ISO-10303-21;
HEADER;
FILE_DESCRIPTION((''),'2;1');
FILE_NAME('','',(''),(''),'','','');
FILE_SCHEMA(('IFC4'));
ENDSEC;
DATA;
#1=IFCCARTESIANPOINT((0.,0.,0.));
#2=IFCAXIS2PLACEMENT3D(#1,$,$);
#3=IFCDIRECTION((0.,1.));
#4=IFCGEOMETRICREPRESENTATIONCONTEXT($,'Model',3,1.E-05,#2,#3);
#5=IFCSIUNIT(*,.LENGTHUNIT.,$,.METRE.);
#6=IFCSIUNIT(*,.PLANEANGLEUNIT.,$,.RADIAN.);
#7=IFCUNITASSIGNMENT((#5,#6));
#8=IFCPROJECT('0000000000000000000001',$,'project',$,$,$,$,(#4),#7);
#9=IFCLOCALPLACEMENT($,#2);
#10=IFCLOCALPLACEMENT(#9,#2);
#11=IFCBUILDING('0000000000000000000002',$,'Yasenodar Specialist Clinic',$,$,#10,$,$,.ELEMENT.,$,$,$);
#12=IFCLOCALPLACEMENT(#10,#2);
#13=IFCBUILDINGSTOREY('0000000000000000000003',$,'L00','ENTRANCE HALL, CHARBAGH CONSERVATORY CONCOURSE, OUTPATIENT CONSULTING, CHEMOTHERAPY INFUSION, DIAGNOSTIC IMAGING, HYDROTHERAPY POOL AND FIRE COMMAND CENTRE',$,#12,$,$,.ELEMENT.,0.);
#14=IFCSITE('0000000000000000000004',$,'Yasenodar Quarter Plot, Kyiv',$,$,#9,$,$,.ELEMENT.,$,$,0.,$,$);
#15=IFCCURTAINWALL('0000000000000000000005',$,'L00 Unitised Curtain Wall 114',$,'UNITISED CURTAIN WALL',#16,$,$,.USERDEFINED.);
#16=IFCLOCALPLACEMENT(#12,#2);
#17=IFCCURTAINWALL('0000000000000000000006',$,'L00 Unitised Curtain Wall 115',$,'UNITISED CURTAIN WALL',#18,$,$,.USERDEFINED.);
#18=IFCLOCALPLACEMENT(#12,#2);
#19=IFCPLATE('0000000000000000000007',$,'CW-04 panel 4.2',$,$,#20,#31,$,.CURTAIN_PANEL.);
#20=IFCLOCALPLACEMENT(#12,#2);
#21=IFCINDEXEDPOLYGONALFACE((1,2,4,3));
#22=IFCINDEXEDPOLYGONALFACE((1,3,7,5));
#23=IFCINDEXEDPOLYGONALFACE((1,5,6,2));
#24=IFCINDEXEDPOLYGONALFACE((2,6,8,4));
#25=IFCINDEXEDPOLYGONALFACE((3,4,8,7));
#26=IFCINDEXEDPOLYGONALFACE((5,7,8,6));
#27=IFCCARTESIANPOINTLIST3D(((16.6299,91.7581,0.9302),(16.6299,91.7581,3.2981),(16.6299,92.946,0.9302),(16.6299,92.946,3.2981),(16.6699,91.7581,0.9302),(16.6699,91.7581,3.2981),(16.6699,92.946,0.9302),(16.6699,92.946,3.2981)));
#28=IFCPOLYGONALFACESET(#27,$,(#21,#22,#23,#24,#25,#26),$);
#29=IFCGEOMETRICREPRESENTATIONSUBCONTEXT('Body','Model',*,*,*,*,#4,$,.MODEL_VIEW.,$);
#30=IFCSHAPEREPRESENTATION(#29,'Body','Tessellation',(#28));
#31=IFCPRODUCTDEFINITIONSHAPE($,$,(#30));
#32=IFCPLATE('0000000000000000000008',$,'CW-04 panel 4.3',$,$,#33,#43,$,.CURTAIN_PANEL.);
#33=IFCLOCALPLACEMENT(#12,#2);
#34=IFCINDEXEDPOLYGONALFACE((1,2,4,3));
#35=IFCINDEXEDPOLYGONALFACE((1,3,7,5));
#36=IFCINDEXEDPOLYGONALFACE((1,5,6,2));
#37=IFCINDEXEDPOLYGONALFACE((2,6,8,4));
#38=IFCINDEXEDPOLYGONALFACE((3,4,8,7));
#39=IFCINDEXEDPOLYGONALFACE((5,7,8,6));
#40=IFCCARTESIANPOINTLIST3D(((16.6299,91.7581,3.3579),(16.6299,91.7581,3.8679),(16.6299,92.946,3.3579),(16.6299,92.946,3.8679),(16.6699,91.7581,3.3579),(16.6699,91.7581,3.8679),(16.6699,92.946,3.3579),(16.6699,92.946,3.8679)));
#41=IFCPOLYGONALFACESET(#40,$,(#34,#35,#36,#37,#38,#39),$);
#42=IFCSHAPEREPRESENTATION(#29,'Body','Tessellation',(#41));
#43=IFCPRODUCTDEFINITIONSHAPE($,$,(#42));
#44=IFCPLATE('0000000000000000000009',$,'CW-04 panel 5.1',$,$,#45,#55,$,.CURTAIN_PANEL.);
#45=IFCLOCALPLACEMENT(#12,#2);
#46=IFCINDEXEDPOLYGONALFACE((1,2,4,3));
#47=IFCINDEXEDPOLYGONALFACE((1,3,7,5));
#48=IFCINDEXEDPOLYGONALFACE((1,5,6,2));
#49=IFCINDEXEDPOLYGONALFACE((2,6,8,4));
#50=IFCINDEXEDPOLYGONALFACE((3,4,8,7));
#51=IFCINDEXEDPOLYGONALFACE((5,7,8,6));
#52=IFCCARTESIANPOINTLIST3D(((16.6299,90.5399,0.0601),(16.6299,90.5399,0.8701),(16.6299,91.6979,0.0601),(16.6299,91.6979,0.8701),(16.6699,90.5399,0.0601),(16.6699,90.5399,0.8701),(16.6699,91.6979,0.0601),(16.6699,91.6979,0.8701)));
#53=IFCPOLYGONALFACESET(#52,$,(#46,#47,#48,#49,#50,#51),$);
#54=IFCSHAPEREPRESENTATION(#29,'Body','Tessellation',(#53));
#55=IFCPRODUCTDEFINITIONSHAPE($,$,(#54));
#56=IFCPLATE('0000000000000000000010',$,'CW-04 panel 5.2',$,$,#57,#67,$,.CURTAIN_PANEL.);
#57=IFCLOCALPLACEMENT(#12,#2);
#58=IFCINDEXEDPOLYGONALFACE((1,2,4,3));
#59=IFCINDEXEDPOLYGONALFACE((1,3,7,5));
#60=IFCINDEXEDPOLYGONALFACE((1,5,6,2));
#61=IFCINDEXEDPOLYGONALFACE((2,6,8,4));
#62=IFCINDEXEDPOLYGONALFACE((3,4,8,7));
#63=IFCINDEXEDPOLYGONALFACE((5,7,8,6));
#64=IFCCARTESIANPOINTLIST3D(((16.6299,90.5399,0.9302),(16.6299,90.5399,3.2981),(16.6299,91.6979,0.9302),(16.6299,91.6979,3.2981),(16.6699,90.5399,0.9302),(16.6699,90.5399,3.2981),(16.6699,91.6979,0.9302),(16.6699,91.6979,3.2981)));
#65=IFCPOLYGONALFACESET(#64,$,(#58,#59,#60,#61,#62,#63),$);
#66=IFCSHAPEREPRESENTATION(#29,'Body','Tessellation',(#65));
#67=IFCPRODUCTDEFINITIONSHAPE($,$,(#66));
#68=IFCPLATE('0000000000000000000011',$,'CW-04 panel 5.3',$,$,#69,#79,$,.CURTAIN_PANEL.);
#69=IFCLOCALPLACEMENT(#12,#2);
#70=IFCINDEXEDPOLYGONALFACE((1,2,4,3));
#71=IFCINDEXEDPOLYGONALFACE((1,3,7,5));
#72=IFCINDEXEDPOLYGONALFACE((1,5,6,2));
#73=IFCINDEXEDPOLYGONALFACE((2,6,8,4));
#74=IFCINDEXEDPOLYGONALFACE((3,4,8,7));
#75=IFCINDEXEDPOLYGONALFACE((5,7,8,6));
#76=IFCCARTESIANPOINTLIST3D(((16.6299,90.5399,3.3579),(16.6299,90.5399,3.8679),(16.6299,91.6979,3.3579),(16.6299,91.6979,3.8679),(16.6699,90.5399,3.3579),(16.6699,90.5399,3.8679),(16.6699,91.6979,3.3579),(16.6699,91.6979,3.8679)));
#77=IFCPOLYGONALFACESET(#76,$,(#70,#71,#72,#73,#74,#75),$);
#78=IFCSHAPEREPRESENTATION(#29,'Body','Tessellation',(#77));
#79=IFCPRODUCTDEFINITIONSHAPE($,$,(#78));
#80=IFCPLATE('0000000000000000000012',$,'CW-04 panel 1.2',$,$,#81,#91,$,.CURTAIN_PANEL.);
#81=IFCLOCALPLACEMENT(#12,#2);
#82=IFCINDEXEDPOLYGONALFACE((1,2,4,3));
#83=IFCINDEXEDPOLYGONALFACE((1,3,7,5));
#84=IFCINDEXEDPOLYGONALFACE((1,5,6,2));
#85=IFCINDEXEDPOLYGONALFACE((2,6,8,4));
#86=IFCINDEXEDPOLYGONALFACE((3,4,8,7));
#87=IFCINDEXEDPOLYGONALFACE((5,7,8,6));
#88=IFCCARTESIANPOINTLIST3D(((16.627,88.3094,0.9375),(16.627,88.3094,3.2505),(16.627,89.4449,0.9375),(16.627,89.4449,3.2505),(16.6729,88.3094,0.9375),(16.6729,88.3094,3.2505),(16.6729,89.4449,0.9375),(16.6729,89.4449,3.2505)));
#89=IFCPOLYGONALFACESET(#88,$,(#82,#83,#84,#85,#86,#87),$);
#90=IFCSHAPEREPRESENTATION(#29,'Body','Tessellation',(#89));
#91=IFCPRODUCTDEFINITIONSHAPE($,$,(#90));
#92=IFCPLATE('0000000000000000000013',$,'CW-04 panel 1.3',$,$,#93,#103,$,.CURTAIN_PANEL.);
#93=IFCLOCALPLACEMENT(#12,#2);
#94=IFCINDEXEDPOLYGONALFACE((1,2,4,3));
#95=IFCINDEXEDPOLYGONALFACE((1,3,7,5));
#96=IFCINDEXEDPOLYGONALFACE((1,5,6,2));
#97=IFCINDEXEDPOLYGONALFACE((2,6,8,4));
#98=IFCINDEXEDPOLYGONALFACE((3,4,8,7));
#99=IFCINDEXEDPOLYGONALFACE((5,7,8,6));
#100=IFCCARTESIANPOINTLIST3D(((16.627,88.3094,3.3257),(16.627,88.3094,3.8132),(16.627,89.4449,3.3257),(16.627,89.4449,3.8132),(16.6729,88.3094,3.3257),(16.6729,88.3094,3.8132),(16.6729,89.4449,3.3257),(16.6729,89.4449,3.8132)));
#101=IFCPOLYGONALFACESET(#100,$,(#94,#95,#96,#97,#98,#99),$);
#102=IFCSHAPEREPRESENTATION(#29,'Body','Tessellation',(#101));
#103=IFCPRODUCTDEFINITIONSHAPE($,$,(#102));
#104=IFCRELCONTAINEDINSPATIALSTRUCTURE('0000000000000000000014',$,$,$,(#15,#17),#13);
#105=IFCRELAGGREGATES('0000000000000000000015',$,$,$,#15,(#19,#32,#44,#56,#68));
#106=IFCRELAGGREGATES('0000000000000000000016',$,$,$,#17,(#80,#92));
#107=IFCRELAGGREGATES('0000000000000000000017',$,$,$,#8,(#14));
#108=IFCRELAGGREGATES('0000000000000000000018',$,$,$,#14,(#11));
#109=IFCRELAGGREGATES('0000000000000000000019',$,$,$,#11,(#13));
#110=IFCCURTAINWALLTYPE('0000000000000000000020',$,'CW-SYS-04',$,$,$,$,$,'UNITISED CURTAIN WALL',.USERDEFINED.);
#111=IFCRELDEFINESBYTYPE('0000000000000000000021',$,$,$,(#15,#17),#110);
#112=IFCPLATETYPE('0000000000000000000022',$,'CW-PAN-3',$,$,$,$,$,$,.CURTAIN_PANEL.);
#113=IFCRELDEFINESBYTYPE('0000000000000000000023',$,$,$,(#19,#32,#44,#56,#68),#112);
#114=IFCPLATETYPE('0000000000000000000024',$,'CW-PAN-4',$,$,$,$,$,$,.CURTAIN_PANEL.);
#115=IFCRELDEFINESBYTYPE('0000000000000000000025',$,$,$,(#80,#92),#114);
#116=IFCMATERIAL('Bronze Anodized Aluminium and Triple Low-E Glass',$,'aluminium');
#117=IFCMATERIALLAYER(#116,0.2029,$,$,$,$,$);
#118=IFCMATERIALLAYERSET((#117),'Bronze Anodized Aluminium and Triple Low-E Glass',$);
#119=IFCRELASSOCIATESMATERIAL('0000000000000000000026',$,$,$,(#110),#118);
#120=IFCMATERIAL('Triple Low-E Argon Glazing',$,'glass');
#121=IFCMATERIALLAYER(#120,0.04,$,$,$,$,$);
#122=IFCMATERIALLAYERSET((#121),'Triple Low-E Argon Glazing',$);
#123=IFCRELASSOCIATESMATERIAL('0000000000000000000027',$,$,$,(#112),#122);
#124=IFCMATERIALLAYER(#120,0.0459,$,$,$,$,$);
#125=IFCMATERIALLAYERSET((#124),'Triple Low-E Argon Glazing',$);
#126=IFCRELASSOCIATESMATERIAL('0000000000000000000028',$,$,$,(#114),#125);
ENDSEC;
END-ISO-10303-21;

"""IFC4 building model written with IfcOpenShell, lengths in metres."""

from ifc_helpers import new_model, si_unit, direction, frame, origin, origin_2d, place, context, subcontext, project, spatial, rectangle, extrude, material, layer, layer_set, type_object, element, aggregate, save


model = new_model("IFC4")

# Units and contexts
model_context = context("Model", 3, precision=1e-05, world=origin(), true_north=direction((0.0, 1.0)))
body_context = subcontext(model_context, "Body", "Model", "MODEL_VIEW")
ifc_project = project(units=[si_unit("LENGTHUNIT", "METRE"), si_unit("PLANEANGLEUNIT", "RADIAN")], contexts=[model_context])

# Site, building, storey
site_placement = place(None, origin())
site = spatial("IfcSite", under=ifc_project, at=site_placement, Name="Yasenodar Quarter Plot, Kyiv", CompositionType="ELEMENT", RefElevation=0.0)
building_placement = place(site_placement, origin())
building = spatial("IfcBuilding", under=site, at=building_placement, Name="Yasenodar Specialist Clinic", CompositionType="ELEMENT")
storey_placement = place(building_placement, origin())
storey = spatial("IfcBuildingStorey", under=building, at=storey_placement, Name="L00", Description="ENTRANCE HALL, CHARBAGH CONSERVATORY CONCOURSE, OUTPATIENT CONSULTING, CHEMOTHERAPY INFUSION, DIAGNOSTIC IMAGING, HYDROTHERAPY POOL AND FIRE COMMAND CENTRE", CompositionType="ELEMENT", Elevation=0.0)

# Curtain wall
ifc_material_1 = material(Name="Bronze Anodized Aluminium and Triple Low-E Glass", Category="aluminium")
ifc_layer_1 = layer(ifc_material_1, 0.2029)
ifc_layer_set_1 = layer_set([ifc_layer_1], Name="Bronze Anodized Aluminium and Triple Low-E Glass")
curtain_wall_type = type_object("IfcCurtainWallType", Name="CW-SYS-04", ElementType="UNITISED CURTAIN WALL", PredefinedType="USERDEFINED", material=ifc_layer_set_1)
curtain_wall_1_placement = place(storey_placement, origin())
curtain_wall_1 = element("IfcCurtainWall", 1, at=curtain_wall_1_placement, inside=storey, type_object=curtain_wall_type, Name="L00 Unitised Curtain Wall 114", ObjectType="UNITISED CURTAIN WALL", PredefinedType="USERDEFINED")

# Curtain wall
curtain_wall_2_placement = place(storey_placement, origin())
curtain_wall_2 = element("IfcCurtainWall", 2, at=curtain_wall_2_placement, inside=storey, type_object=curtain_wall_type, Name="L00 Unitised Curtain Wall 115", ObjectType="UNITISED CURTAIN WALL", PredefinedType="USERDEFINED")

# Plates
ifc_material_2 = material(Name="Triple Low-E Argon Glazing", Category="glass")
ifc_layer_2 = layer(ifc_material_2, 0.04)
ifc_layer_set_2 = layer_set([ifc_layer_2], Name="Triple Low-E Argon Glazing")
plate_type_1 = type_object("IfcPlateType", Name="CW-PAN-3", PredefinedType="CURTAIN_PANEL", material=ifc_layer_set_2)
plate_1_placement = place(storey_placement, frame((16.6499, 92.3521, 0.9302), z_axis=(0.0, 0.0, 1.0), x_axis=(0.0, -1.0, 0.0)))
plate_1 = element("IfcPlate", 3, at=plate_1_placement, type_object=plate_type_1, Name="CW-04 panel 4.2", PredefinedType="CURTAIN_PANEL", context=body_context, shape_type="SweptSolid", body=[
    extrude(rectangle(XDim=1.188, YDim=0.04, at=origin_2d()), origin(), (0.0, 0.0, 1.0), 2.3679),
])
plate_2_placement = place(storey_placement, frame((16.6499, 92.3521, 3.3579), z_axis=(0.0, 0.0, 1.0), x_axis=(0.0, -1.0, 0.0)))
plate_2 = element("IfcPlate", 4, at=plate_2_placement, type_object=plate_type_1, Name="CW-04 panel 4.3", PredefinedType="CURTAIN_PANEL", context=body_context, shape_type="SweptSolid", body=[
    extrude(rectangle(XDim=1.188, YDim=0.04, at=origin_2d()), origin(), (0.0, 0.0, 1.0), 0.51),
])
plate_3_placement = place(storey_placement, frame((16.6499, 91.1189, 0.0601), z_axis=(0.0, 0.0, 1.0), x_axis=(0.0, -1.0, 0.0)))
plate_3 = element("IfcPlate", 5, at=plate_3_placement, type_object=plate_type_1, Name="CW-04 panel 5.1", PredefinedType="CURTAIN_PANEL", context=body_context, shape_type="SweptSolid", body=[
    extrude(rectangle(XDim=1.158, YDim=0.04, at=origin_2d()), origin(), (0.0, 0.0, 1.0), 0.8101),
])
plate_4_placement = place(storey_placement, frame((16.6499, 91.1189, 0.9302), z_axis=(0.0, 0.0, 1.0), x_axis=(0.0, -1.0, 0.0)))
plate_4 = element("IfcPlate", 6, at=plate_4_placement, type_object=plate_type_1, Name="CW-04 panel 5.2", PredefinedType="CURTAIN_PANEL", context=body_context, shape_type="SweptSolid", body=[
    extrude(rectangle(XDim=1.158, YDim=0.04, at=origin_2d()), origin(), (0.0, 0.0, 1.0), 2.3679),
])
plate_5_placement = place(storey_placement, frame((16.6499, 91.1189, 3.3579), z_axis=(0.0, 0.0, 1.0), x_axis=(0.0, -1.0, 0.0)))
plate_5 = element("IfcPlate", 7, at=plate_5_placement, type_object=plate_type_1, Name="CW-04 panel 5.3", PredefinedType="CURTAIN_PANEL", context=body_context, shape_type="SweptSolid", body=[
    extrude(rectangle(XDim=1.158, YDim=0.04, at=origin_2d()), origin(), (0.0, 0.0, 1.0), 0.51),
])
aggregate(curtain_wall_1, [plate_1, plate_2, plate_3, plate_4, plate_5])
ifc_layer_3 = layer(ifc_material_2, 0.0459)
ifc_layer_set_3 = layer_set([ifc_layer_3], Name="Triple Low-E Argon Glazing")
plate_type_2 = type_object("IfcPlateType", Name="CW-PAN-4", PredefinedType="CURTAIN_PANEL", material=ifc_layer_set_3)
plate_6_placement = place(storey_placement, frame((16.6499, 88.8772, 0.9375), z_axis=(0.0, 0.0, 1.0), x_axis=(0.0, -1.0, 0.0)))
plate_6 = element("IfcPlate", 8, at=plate_6_placement, type_object=plate_type_2, Name="CW-04 panel 1.2", PredefinedType="CURTAIN_PANEL", context=body_context, shape_type="SweptSolid", body=[
    extrude(rectangle(XDim=1.1355, YDim=0.0459, at=origin_2d()), origin(), (0.0, 0.0, 1.0), 2.313),
])
plate_7_placement = place(storey_placement, frame((16.6499, 88.8772, 3.3257), z_axis=(0.0, 0.0, 1.0), x_axis=(0.0, -1.0, 0.0)))
plate_7 = element("IfcPlate", 9, at=plate_7_placement, type_object=plate_type_2, Name="CW-04 panel 1.3", PredefinedType="CURTAIN_PANEL", context=body_context, shape_type="SweptSolid", body=[
    extrude(rectangle(XDim=1.1355, YDim=0.0459, at=origin_2d()), origin(), (0.0, 0.0, 1.0), 0.4875),
])
aggregate(curtain_wall_2, [plate_6, plate_7])

save(model, "model.ifc")
